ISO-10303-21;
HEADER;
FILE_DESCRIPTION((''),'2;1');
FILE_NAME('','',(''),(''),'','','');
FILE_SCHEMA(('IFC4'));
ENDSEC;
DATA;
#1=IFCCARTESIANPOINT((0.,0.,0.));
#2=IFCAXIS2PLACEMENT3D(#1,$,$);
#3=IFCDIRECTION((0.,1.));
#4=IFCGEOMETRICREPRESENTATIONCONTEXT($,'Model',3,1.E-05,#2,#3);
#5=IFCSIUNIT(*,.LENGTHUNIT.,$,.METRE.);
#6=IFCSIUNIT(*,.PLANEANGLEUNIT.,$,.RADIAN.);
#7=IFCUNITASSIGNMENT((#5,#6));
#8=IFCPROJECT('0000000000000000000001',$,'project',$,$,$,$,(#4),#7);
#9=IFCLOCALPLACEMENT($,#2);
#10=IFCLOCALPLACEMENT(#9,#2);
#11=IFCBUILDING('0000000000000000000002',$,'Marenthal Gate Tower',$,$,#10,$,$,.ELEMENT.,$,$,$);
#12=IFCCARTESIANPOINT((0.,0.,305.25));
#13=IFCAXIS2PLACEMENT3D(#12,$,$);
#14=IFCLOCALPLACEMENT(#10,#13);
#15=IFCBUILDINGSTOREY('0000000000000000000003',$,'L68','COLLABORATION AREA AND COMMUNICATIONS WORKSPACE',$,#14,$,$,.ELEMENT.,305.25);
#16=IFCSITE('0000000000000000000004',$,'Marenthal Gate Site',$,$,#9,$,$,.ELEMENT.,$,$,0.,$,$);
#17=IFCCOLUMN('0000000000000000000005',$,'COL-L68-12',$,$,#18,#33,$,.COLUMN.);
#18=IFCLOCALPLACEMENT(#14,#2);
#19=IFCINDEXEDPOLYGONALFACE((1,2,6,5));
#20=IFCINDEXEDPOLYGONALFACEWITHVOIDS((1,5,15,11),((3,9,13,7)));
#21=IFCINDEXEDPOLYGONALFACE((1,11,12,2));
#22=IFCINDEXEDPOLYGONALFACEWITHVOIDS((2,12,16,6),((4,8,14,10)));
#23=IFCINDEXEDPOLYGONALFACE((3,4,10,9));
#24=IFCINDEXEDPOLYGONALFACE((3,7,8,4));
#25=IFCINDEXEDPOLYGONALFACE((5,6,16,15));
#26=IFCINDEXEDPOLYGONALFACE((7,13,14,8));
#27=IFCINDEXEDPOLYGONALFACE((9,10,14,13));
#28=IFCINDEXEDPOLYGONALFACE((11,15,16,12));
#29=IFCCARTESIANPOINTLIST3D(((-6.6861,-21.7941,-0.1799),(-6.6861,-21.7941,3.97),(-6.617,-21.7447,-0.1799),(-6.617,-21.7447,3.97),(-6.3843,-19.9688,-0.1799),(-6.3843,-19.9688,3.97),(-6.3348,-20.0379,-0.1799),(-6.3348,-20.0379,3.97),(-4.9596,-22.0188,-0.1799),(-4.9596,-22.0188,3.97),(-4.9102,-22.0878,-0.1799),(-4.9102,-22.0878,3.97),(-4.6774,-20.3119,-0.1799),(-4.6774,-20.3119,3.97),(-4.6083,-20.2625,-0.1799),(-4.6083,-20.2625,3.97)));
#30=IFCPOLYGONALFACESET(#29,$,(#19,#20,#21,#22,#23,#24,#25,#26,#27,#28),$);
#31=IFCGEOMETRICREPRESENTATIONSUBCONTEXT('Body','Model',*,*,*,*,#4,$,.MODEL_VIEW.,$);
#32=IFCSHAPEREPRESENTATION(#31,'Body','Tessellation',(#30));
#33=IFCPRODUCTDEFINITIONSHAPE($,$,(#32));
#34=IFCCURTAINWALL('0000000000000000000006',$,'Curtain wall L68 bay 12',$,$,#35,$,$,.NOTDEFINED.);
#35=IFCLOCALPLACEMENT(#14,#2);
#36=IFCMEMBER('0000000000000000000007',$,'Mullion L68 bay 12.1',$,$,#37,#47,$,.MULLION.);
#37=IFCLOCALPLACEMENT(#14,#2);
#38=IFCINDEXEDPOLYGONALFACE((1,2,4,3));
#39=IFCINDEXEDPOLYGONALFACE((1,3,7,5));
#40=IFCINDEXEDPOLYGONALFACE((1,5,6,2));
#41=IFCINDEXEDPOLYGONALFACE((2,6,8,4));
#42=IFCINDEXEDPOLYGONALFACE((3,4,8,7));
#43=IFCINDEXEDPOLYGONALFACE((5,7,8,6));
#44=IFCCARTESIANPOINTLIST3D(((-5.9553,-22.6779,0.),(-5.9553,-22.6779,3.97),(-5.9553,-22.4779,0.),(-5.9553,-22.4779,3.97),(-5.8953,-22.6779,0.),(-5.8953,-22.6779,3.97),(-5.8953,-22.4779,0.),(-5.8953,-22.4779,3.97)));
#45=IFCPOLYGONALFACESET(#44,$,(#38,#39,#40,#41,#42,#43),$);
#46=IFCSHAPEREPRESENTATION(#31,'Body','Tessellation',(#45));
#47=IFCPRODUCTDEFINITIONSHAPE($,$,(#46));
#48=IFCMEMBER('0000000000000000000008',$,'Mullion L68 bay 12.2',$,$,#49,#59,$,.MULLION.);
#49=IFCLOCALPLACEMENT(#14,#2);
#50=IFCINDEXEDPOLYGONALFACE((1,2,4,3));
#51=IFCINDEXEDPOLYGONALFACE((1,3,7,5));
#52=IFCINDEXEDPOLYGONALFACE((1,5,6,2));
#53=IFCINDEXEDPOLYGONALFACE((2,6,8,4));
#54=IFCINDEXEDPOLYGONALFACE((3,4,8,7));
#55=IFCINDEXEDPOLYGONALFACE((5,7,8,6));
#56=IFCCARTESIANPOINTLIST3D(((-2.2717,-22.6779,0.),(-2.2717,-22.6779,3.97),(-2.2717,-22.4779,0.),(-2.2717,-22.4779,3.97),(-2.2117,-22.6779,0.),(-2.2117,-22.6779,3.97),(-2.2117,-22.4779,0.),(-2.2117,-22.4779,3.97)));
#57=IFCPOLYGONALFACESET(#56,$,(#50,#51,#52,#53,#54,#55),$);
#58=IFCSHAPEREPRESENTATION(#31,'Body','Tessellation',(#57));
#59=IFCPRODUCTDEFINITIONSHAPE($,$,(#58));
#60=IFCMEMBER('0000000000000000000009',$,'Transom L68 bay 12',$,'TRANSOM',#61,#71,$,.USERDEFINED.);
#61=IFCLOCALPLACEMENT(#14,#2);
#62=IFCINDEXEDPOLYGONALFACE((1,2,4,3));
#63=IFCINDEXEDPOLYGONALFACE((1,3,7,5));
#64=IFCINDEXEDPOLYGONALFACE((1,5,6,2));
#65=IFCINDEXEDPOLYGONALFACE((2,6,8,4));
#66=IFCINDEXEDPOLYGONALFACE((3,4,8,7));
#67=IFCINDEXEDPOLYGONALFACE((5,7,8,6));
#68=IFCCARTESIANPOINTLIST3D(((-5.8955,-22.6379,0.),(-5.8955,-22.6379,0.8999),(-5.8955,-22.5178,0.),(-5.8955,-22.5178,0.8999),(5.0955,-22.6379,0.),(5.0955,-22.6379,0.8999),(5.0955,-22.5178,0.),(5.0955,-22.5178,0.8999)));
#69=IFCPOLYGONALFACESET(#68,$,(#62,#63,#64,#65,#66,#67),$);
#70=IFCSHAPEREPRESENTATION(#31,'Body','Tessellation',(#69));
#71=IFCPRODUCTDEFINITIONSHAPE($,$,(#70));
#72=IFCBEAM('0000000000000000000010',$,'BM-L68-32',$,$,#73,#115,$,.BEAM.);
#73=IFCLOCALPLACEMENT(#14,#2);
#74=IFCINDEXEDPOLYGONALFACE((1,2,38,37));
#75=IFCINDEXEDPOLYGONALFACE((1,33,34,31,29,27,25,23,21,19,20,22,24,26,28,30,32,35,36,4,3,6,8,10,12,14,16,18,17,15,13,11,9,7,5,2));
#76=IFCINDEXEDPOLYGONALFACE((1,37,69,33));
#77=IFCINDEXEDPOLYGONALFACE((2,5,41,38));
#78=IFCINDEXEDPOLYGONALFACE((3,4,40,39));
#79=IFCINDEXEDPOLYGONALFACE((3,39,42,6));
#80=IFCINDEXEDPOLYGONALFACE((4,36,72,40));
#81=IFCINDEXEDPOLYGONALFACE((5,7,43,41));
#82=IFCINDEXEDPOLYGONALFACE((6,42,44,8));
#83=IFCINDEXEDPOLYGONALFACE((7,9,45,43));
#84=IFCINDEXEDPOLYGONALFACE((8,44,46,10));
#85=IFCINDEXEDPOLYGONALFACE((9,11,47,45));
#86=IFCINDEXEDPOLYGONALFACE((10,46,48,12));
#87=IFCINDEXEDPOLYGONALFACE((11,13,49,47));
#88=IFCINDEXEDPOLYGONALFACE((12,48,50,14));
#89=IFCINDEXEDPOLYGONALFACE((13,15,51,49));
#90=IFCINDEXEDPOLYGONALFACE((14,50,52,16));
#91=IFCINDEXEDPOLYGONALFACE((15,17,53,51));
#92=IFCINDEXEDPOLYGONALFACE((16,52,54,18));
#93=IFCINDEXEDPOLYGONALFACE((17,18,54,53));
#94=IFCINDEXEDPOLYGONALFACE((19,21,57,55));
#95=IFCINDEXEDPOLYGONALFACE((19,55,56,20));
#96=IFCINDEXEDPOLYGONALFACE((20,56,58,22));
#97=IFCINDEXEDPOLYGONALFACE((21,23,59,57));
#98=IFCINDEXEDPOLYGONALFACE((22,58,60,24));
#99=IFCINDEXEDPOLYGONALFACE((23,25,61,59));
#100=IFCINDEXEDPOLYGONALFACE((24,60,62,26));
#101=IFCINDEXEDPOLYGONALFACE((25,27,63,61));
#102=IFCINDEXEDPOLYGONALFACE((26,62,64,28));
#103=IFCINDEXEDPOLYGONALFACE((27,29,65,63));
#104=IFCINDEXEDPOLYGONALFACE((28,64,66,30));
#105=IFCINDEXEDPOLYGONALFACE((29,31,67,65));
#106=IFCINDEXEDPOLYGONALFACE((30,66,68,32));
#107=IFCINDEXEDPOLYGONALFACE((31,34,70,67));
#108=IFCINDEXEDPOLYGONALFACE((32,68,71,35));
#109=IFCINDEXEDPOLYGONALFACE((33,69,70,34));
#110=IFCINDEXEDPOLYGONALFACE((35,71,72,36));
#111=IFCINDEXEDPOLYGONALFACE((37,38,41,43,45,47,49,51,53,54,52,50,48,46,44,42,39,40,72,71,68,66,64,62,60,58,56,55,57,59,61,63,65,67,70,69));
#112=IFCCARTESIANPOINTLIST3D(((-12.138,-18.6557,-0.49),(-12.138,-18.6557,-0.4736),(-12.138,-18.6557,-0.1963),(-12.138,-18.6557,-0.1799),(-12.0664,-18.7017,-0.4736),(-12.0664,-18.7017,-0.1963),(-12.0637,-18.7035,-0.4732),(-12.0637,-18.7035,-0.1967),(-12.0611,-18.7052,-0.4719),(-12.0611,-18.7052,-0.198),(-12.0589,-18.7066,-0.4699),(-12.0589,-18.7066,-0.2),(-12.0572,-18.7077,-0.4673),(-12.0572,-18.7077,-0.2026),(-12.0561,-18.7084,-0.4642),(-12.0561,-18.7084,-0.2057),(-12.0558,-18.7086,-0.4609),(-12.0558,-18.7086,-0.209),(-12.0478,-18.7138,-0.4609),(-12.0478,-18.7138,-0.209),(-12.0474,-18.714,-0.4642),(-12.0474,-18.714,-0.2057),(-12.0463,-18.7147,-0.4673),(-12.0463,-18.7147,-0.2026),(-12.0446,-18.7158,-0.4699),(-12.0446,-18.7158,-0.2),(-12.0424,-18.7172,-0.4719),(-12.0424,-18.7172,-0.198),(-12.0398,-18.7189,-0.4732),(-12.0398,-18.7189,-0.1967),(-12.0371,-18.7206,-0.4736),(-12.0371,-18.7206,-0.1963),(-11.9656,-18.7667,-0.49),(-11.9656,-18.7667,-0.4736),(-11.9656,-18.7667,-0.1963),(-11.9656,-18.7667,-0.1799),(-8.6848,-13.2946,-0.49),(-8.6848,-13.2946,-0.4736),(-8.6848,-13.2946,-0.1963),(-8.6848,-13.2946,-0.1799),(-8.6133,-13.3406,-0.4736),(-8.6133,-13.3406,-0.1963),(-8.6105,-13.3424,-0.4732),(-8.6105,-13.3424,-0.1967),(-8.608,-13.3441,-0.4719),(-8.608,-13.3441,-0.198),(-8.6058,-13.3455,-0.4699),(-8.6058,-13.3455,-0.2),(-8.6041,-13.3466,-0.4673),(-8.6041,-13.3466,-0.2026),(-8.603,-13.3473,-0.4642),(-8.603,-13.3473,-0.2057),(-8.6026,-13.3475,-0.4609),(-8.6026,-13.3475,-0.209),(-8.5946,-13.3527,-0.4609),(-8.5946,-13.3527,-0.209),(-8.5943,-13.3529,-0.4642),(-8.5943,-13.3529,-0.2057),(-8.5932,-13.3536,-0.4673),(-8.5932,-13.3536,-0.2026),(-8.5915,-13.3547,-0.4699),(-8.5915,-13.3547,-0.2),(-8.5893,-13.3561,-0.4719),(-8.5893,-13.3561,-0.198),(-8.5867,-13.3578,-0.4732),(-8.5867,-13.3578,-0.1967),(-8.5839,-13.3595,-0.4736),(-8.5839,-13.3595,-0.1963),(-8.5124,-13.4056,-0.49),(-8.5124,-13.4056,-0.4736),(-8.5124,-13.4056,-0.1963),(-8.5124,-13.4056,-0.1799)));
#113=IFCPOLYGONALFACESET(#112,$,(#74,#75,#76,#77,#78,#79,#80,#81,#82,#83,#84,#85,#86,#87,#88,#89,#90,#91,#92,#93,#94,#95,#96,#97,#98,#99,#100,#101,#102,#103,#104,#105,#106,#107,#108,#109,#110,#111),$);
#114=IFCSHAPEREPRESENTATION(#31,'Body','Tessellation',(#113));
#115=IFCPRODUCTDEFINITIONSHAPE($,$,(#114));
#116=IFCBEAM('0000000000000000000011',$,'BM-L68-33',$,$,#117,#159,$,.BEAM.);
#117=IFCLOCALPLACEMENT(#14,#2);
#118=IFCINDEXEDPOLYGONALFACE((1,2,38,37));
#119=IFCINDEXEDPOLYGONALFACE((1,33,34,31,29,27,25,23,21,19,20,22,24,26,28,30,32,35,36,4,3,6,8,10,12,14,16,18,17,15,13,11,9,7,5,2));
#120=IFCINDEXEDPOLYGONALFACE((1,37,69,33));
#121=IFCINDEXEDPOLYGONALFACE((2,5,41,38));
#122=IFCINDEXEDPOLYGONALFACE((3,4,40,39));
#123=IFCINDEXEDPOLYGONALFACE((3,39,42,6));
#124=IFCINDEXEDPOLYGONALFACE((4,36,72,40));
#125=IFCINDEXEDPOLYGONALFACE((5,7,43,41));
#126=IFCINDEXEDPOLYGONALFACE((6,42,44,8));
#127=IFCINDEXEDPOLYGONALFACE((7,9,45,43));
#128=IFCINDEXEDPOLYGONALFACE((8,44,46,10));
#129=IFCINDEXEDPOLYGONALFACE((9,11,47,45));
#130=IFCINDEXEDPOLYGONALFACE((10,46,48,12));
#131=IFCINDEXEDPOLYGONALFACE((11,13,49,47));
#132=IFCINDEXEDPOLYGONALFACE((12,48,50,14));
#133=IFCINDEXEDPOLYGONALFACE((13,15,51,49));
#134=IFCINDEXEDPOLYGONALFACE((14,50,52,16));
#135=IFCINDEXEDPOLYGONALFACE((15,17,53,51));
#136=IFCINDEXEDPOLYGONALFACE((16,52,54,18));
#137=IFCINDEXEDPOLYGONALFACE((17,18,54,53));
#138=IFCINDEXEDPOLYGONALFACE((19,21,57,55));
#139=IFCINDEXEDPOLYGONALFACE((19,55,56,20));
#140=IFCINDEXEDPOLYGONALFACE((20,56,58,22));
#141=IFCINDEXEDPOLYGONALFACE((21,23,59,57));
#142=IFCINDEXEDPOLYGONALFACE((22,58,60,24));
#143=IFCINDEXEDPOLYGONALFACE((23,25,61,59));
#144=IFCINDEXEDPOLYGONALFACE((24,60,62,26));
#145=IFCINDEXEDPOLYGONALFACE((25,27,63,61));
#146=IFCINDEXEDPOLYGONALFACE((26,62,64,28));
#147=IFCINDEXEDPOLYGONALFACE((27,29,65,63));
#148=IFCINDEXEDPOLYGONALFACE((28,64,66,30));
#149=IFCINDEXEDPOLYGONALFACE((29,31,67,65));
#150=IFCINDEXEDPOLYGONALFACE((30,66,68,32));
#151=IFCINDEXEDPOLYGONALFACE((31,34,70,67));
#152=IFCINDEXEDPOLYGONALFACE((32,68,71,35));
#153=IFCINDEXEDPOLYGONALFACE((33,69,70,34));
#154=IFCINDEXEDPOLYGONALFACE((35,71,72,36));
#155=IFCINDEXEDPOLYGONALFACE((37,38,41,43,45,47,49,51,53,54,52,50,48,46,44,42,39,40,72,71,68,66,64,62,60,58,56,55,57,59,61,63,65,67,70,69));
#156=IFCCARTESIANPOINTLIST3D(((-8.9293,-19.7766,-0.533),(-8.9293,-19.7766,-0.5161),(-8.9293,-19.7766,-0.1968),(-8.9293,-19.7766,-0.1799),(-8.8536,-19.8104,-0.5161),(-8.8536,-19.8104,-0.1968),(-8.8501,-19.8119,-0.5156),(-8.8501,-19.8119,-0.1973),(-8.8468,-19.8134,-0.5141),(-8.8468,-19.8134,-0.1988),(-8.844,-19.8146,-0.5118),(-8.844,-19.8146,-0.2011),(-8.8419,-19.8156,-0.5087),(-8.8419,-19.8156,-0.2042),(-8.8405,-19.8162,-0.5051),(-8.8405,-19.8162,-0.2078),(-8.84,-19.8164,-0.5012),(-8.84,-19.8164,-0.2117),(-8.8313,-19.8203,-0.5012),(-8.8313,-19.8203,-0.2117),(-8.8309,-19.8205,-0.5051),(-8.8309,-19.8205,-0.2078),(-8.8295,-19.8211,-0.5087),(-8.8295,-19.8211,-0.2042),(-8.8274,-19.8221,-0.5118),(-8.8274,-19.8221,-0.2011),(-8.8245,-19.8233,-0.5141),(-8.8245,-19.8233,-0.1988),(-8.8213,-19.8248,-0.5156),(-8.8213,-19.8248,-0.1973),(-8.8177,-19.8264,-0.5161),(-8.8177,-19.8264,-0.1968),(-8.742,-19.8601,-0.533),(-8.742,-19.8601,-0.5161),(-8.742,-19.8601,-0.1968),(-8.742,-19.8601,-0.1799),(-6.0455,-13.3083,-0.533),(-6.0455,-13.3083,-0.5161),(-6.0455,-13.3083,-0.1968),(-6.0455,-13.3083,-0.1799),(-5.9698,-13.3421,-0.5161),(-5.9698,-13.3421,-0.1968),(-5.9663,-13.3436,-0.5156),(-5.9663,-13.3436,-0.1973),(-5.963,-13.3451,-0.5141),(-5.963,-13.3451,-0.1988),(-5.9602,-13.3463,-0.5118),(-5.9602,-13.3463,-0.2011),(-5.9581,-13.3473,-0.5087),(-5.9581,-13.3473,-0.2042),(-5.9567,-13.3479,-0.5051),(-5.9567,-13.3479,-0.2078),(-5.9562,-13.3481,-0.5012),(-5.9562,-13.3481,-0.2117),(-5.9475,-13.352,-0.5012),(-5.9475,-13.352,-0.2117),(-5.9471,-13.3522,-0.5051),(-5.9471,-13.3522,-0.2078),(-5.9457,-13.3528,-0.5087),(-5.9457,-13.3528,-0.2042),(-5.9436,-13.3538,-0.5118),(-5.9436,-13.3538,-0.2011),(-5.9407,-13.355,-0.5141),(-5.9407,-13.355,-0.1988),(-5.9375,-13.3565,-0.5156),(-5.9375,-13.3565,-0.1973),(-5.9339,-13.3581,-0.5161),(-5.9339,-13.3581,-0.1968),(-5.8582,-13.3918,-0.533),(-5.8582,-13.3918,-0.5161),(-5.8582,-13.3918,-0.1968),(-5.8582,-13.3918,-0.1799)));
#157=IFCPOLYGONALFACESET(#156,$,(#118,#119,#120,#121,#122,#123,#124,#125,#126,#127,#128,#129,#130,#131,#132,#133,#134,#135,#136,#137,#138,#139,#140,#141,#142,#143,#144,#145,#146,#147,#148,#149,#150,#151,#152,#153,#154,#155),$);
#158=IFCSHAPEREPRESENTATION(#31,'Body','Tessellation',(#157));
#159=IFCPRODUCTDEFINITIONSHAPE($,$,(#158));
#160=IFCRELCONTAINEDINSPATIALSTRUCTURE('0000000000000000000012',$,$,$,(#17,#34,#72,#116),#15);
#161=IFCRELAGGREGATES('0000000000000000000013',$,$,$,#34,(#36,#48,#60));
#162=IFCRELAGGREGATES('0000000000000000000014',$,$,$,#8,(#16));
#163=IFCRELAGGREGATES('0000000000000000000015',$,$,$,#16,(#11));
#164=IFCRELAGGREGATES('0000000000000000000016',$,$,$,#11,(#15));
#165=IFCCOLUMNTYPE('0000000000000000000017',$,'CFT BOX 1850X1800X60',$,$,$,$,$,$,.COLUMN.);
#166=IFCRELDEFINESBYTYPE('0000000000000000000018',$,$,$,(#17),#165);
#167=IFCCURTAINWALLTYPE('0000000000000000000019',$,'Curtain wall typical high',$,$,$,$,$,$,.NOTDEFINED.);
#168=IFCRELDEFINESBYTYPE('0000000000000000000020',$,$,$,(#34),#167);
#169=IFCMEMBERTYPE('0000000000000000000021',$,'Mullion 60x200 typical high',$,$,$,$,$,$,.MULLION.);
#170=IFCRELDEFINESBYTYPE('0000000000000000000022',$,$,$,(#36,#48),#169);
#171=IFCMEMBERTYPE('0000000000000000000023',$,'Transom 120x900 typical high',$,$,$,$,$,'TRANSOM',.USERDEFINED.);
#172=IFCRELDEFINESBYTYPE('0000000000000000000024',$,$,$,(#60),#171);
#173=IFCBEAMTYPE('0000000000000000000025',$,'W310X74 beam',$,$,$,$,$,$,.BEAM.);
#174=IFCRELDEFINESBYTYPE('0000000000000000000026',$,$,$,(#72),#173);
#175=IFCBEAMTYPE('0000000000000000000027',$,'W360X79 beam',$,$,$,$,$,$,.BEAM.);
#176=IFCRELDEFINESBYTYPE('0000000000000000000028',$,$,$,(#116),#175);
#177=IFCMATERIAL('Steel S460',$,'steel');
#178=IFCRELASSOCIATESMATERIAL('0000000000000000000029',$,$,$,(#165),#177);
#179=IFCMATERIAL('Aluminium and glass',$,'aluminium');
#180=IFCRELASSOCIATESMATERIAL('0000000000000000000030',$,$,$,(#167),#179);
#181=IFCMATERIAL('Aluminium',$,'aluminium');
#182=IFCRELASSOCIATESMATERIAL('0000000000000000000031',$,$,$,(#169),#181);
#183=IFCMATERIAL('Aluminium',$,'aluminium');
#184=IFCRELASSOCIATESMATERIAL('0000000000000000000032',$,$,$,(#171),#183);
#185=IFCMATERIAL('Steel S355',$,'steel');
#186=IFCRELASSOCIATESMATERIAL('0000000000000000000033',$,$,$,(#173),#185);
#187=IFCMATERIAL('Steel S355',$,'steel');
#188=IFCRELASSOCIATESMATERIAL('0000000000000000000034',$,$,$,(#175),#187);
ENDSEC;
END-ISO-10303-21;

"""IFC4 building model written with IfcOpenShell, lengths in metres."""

from ifc_helpers import new_model, si_unit, direction, frame, origin, origin_2d, place, context, subcontext, project, spatial, rectangle, hollow_rectangle, i_section, extrude, material, material_profile, profile_set, type_object, element, aggregate, save


model = new_model("IFC4")

# Units and contexts
model_context = context("Model", 3, precision=1e-05, world=origin(), true_north=direction((0.0, 1.0)))
body_context = subcontext(model_context, "Body", "Model", "MODEL_VIEW")
ifc_project = project(units=[si_unit("LENGTHUNIT", "METRE"), si_unit("PLANEANGLEUNIT", "RADIAN")], contexts=[model_context])

# Site, building, storey
site_placement = place(None, origin())
site = spatial("IfcSite", under=ifc_project, at=site_placement, Name="Marenthal Gate Site", CompositionType="ELEMENT", RefElevation=0.0)
building_placement = place(site_placement, origin())
building = spatial("IfcBuilding", under=site, at=building_placement, Name="Marenthal Gate Tower", CompositionType="ELEMENT")
storey_placement = place(building_placement, frame((0.0, 0.0, 305.25)))
storey = spatial("IfcBuildingStorey", under=building, at=storey_placement, Name="L68", Description="COLLABORATION AREA AND COMMUNICATIONS WORKSPACE", CompositionType="ELEMENT", Elevation=305.25)

# Column
ifc_material_1 = material(Name="Steel S460", Category="steel")
ifc_material_profile_1 = material_profile(ifc_material_1, hollow_rectangle(XDim=1.8, YDim=1.8501, WallThickness=0.0601, at=origin_2d()), Name="CFT BOX 1850X1800X60")
ifc_material_2 = material(Name="Concrete 70 MPa", Category="concrete")
ifc_material_profile_2 = material_profile(ifc_material_2, rectangle(XDim=1.6799, YDim=1.73, at=origin_2d()), Name="CFT BOX 1850X1800X60 INFILL")
ifc_profile_set_1 = profile_set([ifc_material_profile_1, ifc_material_profile_2], Name="Steel S460 shell, Concrete 70 MPa infill")
column_type = type_object("IfcColumnType", Name="CFT BOX 1850X1800X60", PredefinedType="COLUMN", material=ifc_profile_set_1)
column_placement = place(storey_placement, frame((-5.6472, -21.0283, -0.1799), z_axis=(0.0, 0.0, 1.0), x_axis=(-0.986603, 0.163137, 0.0)))
element("IfcColumn", 1, at=column_placement, inside=storey, type_object=column_type, Name="COL-L68-12", PredefinedType="COLUMN", context=body_context, shape_type="SweptSolid", body=[
    extrude(hollow_rectangle(XDim=1.8, YDim=1.8501, WallThickness=0.0601, at=origin_2d()), origin(), (0.0, 0.0, 1.0), 4.1499),
])

# Curtain wall, members
ifc_material_3 = material(Name="Aluminium and glass", Category="aluminium")
curtain_wall_type = type_object("IfcCurtainWallType", Name="Curtain wall typical high", PredefinedType="NOTDEFINED", material=ifc_material_3)
curtain_wall_placement = place(storey_placement, origin())
curtain_wall = element("IfcCurtainWall", 2, at=curtain_wall_placement, inside=storey, type_object=curtain_wall_type, Name="Curtain wall L68 bay 12", PredefinedType="NOTDEFINED")
ifc_material_4 = material(Name="Aluminium", Category="aluminium")
ifc_material_profile_3 = material_profile(ifc_material_4, rectangle(XDim=0.2, YDim=0.0601, at=origin_2d()), Name="60x200 aluminium mullion")
ifc_profile_set_2 = profile_set([ifc_material_profile_3], Name="Aluminium")
member_type_1 = type_object("IfcMemberType", Name="Mullion 60x200 typical high", PredefinedType="MULLION", material=ifc_profile_set_2)
member_1_placement = place(storey_placement, frame((-5.9253, -22.5779, 0.0), z_axis=(0.0, 0.0, 1.0), x_axis=(0.0, 1.0, 0.0)))
member_1 = element("IfcMember", 3, at=member_1_placement, type_object=member_type_1, Name="Mullion L68 bay 12.1", PredefinedType="MULLION", context=body_context, shape_type="SweptSolid", body=[
    extrude(rectangle(XDim=0.2, YDim=0.0601, at=origin_2d()), origin(), (0.0, 0.0, 1.0), 3.97),
])
member_2_placement = place(storey_placement, frame((-2.2417, -22.5779, 0.0), z_axis=(0.0, 0.0, 1.0), x_axis=(0.0, 1.0, 0.0)))
member_2 = element("IfcMember", 4, at=member_2_placement, type_object=member_type_1, Name="Mullion L68 bay 12.2", PredefinedType="MULLION", context=body_context, shape_type="SweptSolid", body=[
    extrude(rectangle(XDim=0.2, YDim=0.0601, at=origin_2d()), origin(), (0.0, 0.0, 1.0), 3.97),
])
ifc_material_5 = material(Name="Aluminium", Category="aluminium")
ifc_material_profile_4 = material_profile(ifc_material_5, rectangle(XDim=0.1201, YDim=0.8999, at=origin_2d()), Name="120x900 aluminium transom")
ifc_profile_set_3 = profile_set([ifc_material_profile_4], Name="Aluminium")
member_type_2 = type_object("IfcMemberType", Name="Transom 120x900 typical high", ElementType="TRANSOM", PredefinedType="USERDEFINED", material=ifc_profile_set_3)
member_3_placement = place(storey_placement, frame((-5.8955, -22.5779, 0.45), z_axis=(1.0, 0.0, 0.0), x_axis=(0.0, 1.0, 0.0)))
member_3 = element("IfcMember", 5, at=member_3_placement, type_object=member_type_2, Name="Transom L68 bay 12", ObjectType="TRANSOM", PredefinedType="USERDEFINED", context=body_context, shape_type="SweptSolid", body=[
    extrude(rectangle(XDim=0.1201, YDim=0.8999, at=origin_2d()), origin(), (0.0, 0.0, 1.0), 10.991),
])

# Beams
ifc_material_6 = material(Name="Steel S355", Category="steel")
ifc_material_profile_5 = material_profile(ifc_material_6, i_section(OverallWidth=0.2051, OverallDepth=0.3101, WebThickness=0.0095, FlangeThickness=0.0164, FilletRadius=0.0127, at=origin_2d()), Name="W310X74")
ifc_profile_set_4 = profile_set([ifc_material_profile_5], Name="Steel S355")
beam_type_1 = type_object("IfcBeamType", Name="W310X74 beam", PredefinedType="BEAM", material=ifc_profile_set_4)
beam_1_placement = place(storey_placement, frame((-12.0518, -18.7112, -0.335), z_axis=(0.541502, 0.840699, 0.0), x_axis=(-0.840699, 0.541502, 0.0)))
element("IfcBeam", 6, at=beam_1_placement, inside=storey, type_object=beam_type_1, Name="BM-L68-32", PredefinedType="BEAM", context=body_context, shape_type="SweptSolid", body=[
    extrude(i_section(OverallWidth=0.2051, OverallDepth=0.3101, WebThickness=0.0095, FlangeThickness=0.0164, FilletRadius=0.0127, at=origin_2d()), origin(), (0.0, 0.0, 1.0), 6.377),
])
ifc_material_7 = material(Name="Steel S355", Category="steel")
ifc_material_profile_6 = material_profile(ifc_material_7, i_section(OverallWidth=0.2051, OverallDepth=0.353, WebThickness=0.0095, FlangeThickness=0.0168, FilletRadius=0.0149, at=origin_2d()), Name="W360X79")
ifc_profile_set_5 = profile_set([ifc_material_profile_6], Name="Steel S355")
beam_type_2 = type_object("IfcBeamType", Name="W360X79 beam", PredefinedType="BEAM", material=ifc_profile_set_5)
beam_2_placement = place(storey_placement, frame((-8.8357, -19.8184, -0.3564), z_axis=(0.4072, 0.913339, 0.0), x_axis=(-0.913339, 0.4072, 0.0)))
element("IfcBeam", 7, at=beam_2_placement, inside=storey, type_object=beam_type_2, Name="BM-L68-33", PredefinedType="BEAM", context=body_context, shape_type="SweptSolid", body=[
    extrude(i_section(OverallWidth=0.2051, OverallDepth=0.353, WebThickness=0.0095, FlangeThickness=0.0168, FilletRadius=0.0149, at=origin_2d()), origin(), (0.0, 0.0, 1.0), 7.082),
])

aggregate(curtain_wall, [member_1, member_2, member_3])

save(model, "model.ifc")
